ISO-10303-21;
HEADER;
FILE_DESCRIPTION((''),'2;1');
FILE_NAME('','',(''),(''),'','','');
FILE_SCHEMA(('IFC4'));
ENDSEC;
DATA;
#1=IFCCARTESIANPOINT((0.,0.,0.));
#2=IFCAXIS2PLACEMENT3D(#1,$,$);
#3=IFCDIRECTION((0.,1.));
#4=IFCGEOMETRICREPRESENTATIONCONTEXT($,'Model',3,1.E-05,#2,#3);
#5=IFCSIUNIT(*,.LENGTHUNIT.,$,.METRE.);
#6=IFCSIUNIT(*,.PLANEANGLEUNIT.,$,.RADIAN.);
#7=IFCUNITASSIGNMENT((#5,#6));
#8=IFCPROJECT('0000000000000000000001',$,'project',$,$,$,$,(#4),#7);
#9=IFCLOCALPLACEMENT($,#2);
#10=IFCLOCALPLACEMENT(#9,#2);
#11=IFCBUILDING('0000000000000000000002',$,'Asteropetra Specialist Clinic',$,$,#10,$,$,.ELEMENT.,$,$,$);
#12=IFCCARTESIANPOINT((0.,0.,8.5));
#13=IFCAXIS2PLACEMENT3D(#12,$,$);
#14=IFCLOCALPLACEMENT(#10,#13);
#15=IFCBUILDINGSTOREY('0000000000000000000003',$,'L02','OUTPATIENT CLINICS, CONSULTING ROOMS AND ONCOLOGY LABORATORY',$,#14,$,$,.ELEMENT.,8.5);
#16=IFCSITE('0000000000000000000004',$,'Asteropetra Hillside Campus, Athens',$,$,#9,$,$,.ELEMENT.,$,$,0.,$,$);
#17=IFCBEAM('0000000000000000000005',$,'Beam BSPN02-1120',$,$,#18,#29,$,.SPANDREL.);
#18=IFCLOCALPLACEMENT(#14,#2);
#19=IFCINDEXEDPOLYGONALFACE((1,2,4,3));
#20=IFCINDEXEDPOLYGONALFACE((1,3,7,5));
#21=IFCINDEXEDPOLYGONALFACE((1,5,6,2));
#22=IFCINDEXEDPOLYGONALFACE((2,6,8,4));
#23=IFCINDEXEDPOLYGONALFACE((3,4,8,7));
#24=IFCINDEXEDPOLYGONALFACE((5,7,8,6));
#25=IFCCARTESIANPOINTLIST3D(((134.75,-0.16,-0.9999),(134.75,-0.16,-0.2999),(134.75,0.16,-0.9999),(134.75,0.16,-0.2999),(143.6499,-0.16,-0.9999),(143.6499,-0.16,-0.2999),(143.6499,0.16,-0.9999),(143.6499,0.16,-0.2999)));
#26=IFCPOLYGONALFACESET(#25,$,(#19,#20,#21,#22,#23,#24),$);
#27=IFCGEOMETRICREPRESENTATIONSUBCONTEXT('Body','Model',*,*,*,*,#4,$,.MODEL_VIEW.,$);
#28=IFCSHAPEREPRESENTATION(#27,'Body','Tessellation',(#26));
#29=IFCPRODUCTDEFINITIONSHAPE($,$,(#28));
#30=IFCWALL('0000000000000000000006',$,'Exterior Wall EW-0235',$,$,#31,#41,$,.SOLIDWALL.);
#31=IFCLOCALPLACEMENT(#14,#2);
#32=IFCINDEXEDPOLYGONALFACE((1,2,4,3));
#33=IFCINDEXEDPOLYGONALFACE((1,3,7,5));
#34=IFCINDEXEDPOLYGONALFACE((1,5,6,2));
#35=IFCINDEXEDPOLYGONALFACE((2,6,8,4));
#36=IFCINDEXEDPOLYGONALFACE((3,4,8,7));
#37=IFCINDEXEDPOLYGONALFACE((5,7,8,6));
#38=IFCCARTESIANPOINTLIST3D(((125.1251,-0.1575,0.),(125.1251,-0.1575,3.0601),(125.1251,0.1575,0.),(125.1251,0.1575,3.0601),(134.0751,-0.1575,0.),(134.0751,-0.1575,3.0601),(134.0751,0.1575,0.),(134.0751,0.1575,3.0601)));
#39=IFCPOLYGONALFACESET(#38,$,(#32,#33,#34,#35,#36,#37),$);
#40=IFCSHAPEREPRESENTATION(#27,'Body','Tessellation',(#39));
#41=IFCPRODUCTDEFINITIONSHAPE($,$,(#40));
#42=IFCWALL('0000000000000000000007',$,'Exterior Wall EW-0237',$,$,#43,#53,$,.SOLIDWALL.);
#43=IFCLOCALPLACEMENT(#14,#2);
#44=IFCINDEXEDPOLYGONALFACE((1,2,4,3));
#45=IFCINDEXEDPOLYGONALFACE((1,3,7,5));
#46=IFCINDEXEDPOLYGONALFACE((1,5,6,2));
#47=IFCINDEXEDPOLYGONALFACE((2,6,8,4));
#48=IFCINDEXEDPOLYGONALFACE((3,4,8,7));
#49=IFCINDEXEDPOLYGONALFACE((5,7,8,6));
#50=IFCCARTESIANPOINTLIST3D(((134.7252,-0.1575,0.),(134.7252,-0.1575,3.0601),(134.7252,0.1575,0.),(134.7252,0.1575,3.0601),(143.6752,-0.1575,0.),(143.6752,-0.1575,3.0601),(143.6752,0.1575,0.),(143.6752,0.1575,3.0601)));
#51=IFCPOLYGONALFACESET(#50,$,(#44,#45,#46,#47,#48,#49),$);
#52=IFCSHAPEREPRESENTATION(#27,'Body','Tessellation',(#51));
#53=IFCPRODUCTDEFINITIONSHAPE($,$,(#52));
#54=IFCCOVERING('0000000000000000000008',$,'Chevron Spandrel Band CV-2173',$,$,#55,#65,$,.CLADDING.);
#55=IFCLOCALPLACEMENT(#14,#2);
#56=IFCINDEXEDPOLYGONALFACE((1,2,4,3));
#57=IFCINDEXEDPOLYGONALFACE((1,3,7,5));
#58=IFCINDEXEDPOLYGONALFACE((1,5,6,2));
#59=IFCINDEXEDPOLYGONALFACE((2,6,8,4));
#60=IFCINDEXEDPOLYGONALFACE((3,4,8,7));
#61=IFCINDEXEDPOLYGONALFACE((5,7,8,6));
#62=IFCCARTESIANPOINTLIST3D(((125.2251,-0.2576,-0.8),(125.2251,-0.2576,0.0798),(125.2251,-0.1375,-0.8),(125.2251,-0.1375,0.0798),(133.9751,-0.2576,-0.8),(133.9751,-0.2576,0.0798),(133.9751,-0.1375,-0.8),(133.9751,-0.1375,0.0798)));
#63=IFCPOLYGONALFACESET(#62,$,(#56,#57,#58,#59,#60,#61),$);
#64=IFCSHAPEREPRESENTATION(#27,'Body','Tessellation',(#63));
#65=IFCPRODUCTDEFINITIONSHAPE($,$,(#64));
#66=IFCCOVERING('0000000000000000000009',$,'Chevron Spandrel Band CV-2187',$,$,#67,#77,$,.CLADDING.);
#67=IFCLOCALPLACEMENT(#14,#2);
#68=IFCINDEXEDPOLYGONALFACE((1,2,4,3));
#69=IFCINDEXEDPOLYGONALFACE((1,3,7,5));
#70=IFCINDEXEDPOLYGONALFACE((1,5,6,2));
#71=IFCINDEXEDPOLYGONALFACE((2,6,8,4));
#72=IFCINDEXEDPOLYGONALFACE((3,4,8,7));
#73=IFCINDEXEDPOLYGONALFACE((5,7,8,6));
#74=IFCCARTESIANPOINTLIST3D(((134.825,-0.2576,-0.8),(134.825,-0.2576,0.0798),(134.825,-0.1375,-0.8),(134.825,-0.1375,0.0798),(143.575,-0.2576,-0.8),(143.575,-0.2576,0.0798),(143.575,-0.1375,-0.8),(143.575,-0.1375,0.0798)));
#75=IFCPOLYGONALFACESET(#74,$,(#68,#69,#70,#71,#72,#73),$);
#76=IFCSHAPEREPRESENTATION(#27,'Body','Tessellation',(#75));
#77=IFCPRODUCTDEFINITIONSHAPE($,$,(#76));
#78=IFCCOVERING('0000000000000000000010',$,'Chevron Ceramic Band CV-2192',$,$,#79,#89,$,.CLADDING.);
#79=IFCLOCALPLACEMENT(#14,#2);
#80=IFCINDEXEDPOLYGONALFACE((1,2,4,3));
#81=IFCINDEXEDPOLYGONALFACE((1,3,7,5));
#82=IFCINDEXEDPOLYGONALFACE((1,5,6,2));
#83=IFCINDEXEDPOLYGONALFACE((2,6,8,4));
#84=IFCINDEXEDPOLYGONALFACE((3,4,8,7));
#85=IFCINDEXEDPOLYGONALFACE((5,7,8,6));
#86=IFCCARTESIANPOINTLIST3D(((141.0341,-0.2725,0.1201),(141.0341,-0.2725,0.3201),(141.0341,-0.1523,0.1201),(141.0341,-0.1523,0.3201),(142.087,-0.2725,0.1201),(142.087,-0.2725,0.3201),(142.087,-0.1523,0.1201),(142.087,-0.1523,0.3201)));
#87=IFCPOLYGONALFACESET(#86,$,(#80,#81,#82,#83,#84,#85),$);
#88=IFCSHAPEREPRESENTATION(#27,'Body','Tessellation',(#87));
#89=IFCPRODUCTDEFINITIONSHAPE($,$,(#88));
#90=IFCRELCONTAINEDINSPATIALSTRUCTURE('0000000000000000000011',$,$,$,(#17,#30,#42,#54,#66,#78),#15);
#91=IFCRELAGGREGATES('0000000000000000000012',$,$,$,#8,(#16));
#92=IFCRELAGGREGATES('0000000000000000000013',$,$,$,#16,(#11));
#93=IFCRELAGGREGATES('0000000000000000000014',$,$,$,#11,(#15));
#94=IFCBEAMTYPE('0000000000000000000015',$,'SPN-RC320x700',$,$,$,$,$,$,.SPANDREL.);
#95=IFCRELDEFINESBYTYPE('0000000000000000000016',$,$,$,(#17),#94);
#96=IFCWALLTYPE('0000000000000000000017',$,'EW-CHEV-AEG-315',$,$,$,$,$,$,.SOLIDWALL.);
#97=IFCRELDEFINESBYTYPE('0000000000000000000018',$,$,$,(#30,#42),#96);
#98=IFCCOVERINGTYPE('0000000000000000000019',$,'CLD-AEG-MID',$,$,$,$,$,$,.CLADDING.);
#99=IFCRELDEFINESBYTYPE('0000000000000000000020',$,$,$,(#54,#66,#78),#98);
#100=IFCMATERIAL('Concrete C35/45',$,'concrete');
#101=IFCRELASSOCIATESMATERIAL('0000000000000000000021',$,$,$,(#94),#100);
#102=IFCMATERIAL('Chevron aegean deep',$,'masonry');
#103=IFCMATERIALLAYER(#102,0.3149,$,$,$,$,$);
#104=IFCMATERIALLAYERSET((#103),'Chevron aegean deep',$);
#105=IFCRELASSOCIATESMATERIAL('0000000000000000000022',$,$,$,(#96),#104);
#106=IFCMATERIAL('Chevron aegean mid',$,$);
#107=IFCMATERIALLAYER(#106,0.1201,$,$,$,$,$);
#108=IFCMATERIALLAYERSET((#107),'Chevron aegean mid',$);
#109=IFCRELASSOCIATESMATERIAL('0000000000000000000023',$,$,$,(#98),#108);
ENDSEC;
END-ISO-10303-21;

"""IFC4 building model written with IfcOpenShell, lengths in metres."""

from ifc_helpers import new_model, si_unit, direction, frame, frame_2d, origin, origin_2d, place, context, subcontext, project, spatial, rectangle, extrude, material, layer, layer_set, material_profile, profile_set, type_object, element, save


model = new_model("IFC4")

# Units and contexts
model_context = context("Model", 3, precision=1e-05, world=origin(), true_north=direction((0.0, 1.0)))
body_context = subcontext(model_context, "Body", "Model", "MODEL_VIEW")
ifc_project = project(units=[si_unit("LENGTHUNIT", "METRE"), si_unit("PLANEANGLEUNIT", "RADIAN")], contexts=[model_context])

# Site, building, storey
site_placement = place(None, origin())
site = spatial("IfcSite", under=ifc_project, at=site_placement, Name="Asteropetra Hillside Campus, Athens", CompositionType="ELEMENT", RefElevation=0.0)
building_placement = place(site_placement, origin())
building = spatial("IfcBuilding", under=site, at=building_placement, Name="Asteropetra Specialist Clinic", CompositionType="ELEMENT")
storey_placement = place(building_placement, frame((0.0, 0.0, 8.5)))
storey = spatial("IfcBuildingStorey", under=building, at=storey_placement, Name="L02", Description="OUTPATIENT CLINICS, CONSULTING ROOMS AND ONCOLOGY LABORATORY", CompositionType="ELEMENT", Elevation=8.5)

# Beam
ifc_material_1 = material(Name="Concrete C35/45", Category="concrete")
ifc_material_profile_1 = material_profile(ifc_material_1, rectangle(XDim=0.3201, YDim=0.7, at=origin_2d()), Name="RCS 320x700")
ifc_profile_set_1 = profile_set([ifc_material_profile_1], Name="Concrete C35/45")
beam_type_1 = type_object("IfcBeamType", Name="SPN-RC320x700", PredefinedType="SPANDREL", material=ifc_profile_set_1)
beam_1_placement = place(storey_placement, frame((134.75, 0.0, -0.6499), z_axis=(1.0, 0.0, 0.0), x_axis=(0.0, 1.0, 0.0)))
element("IfcBeam", 1, at=beam_1_placement, inside=storey, type_object=beam_type_1, Name="Beam BSPN02-1120", PredefinedType="SPANDREL", context=body_context, shape_type="SweptSolid", body=[
    extrude(rectangle(XDim=0.3201, YDim=0.7, at=origin_2d()), origin(), (0.0, 0.0, 1.0), 8.8999),
])

# Walls
ifc_material_2 = material(Name="Chevron aegean deep", Category="masonry")
ifc_layer_1 = layer(ifc_material_2, 0.3149)
ifc_layer_set_1 = layer_set([ifc_layer_1], Name="Chevron aegean deep")
wall_type = type_object("IfcWallType", Name="EW-CHEV-AEG-315", PredefinedType="SOLIDWALL", material=ifc_layer_set_1)
for number, where, z_axis, x_axis, name in (
    (2, (125.125, 0.0, 0.0), (0.0, 0.0, 1.0), (1.0, 0.0, 0.0), "Exterior Wall EW-0235"),
    (3, (134.7251, 0.0, 0.0), (0.0, 0.0, 1.0), (1.0, 0.0, 0.0), "Exterior Wall EW-0237"),
):
    element("IfcWall", number, at=place(storey_placement, frame(where, z_axis=z_axis, x_axis=x_axis)), inside=storey, type_object=wall_type, Name=name, PredefinedType="SOLIDWALL", context=body_context, shape_type="SweptSolid", body=[
        extrude(rectangle(XDim=8.95, YDim=0.3149, at=frame_2d((4.4751, 0.0))), origin(), (0.0, 0.0, 1.0), 3.0601),
    ])

# Coverings
ifc_material_3 = material(Name="Chevron aegean mid")
ifc_layer_2 = layer(ifc_material_3, 0.1201)
ifc_layer_set_2 = layer_set([ifc_layer_2], Name="Chevron aegean mid")
covering_type = type_object("IfcCoveringType", Name="CLD-AEG-MID", PredefinedType="CLADDING", material=ifc_layer_set_2)
for number, where, z_axis, x_axis, name in (
    (4, (129.6001, -0.1975, -0.8), (0.0, 0.0, 1.0), (1.0, 0.0, 0.0), "Chevron Spandrel Band CV-2173"),
    (5, (139.2, -0.1975, -0.8), (0.0, 0.0, 1.0), (1.0, 0.0, 0.0), "Chevron Spandrel Band CV-2187"),
):
    element("IfcCovering", number, at=place(storey_placement, frame(where, z_axis=z_axis, x_axis=x_axis)), inside=storey, type_object=covering_type, Name=name, PredefinedType="CLADDING", context=body_context, shape_type="SweptSolid", body=[
        extrude(rectangle(XDim=8.75, YDim=0.1201, at=origin_2d()), origin(), (0.0, 0.0, 1.0), 0.8799),
    ])
covering_placement = place(storey_placement, frame((141.5605, -0.2124, 0.1201), z_axis=(0.0, 0.0, 1.0), x_axis=(1.0, 0.0, 0.0)))
element("IfcCovering", 6, at=covering_placement, inside=storey, type_object=covering_type, Name="Chevron Ceramic Band CV-2192", PredefinedType="CLADDING", context=body_context, shape_type="SweptSolid", body=[
    extrude(rectangle(XDim=1.053, YDim=0.1201, at=origin_2d()), origin(), (0.0, 0.0, 1.0), 0.2),
])

save(model, "model.ifc")
